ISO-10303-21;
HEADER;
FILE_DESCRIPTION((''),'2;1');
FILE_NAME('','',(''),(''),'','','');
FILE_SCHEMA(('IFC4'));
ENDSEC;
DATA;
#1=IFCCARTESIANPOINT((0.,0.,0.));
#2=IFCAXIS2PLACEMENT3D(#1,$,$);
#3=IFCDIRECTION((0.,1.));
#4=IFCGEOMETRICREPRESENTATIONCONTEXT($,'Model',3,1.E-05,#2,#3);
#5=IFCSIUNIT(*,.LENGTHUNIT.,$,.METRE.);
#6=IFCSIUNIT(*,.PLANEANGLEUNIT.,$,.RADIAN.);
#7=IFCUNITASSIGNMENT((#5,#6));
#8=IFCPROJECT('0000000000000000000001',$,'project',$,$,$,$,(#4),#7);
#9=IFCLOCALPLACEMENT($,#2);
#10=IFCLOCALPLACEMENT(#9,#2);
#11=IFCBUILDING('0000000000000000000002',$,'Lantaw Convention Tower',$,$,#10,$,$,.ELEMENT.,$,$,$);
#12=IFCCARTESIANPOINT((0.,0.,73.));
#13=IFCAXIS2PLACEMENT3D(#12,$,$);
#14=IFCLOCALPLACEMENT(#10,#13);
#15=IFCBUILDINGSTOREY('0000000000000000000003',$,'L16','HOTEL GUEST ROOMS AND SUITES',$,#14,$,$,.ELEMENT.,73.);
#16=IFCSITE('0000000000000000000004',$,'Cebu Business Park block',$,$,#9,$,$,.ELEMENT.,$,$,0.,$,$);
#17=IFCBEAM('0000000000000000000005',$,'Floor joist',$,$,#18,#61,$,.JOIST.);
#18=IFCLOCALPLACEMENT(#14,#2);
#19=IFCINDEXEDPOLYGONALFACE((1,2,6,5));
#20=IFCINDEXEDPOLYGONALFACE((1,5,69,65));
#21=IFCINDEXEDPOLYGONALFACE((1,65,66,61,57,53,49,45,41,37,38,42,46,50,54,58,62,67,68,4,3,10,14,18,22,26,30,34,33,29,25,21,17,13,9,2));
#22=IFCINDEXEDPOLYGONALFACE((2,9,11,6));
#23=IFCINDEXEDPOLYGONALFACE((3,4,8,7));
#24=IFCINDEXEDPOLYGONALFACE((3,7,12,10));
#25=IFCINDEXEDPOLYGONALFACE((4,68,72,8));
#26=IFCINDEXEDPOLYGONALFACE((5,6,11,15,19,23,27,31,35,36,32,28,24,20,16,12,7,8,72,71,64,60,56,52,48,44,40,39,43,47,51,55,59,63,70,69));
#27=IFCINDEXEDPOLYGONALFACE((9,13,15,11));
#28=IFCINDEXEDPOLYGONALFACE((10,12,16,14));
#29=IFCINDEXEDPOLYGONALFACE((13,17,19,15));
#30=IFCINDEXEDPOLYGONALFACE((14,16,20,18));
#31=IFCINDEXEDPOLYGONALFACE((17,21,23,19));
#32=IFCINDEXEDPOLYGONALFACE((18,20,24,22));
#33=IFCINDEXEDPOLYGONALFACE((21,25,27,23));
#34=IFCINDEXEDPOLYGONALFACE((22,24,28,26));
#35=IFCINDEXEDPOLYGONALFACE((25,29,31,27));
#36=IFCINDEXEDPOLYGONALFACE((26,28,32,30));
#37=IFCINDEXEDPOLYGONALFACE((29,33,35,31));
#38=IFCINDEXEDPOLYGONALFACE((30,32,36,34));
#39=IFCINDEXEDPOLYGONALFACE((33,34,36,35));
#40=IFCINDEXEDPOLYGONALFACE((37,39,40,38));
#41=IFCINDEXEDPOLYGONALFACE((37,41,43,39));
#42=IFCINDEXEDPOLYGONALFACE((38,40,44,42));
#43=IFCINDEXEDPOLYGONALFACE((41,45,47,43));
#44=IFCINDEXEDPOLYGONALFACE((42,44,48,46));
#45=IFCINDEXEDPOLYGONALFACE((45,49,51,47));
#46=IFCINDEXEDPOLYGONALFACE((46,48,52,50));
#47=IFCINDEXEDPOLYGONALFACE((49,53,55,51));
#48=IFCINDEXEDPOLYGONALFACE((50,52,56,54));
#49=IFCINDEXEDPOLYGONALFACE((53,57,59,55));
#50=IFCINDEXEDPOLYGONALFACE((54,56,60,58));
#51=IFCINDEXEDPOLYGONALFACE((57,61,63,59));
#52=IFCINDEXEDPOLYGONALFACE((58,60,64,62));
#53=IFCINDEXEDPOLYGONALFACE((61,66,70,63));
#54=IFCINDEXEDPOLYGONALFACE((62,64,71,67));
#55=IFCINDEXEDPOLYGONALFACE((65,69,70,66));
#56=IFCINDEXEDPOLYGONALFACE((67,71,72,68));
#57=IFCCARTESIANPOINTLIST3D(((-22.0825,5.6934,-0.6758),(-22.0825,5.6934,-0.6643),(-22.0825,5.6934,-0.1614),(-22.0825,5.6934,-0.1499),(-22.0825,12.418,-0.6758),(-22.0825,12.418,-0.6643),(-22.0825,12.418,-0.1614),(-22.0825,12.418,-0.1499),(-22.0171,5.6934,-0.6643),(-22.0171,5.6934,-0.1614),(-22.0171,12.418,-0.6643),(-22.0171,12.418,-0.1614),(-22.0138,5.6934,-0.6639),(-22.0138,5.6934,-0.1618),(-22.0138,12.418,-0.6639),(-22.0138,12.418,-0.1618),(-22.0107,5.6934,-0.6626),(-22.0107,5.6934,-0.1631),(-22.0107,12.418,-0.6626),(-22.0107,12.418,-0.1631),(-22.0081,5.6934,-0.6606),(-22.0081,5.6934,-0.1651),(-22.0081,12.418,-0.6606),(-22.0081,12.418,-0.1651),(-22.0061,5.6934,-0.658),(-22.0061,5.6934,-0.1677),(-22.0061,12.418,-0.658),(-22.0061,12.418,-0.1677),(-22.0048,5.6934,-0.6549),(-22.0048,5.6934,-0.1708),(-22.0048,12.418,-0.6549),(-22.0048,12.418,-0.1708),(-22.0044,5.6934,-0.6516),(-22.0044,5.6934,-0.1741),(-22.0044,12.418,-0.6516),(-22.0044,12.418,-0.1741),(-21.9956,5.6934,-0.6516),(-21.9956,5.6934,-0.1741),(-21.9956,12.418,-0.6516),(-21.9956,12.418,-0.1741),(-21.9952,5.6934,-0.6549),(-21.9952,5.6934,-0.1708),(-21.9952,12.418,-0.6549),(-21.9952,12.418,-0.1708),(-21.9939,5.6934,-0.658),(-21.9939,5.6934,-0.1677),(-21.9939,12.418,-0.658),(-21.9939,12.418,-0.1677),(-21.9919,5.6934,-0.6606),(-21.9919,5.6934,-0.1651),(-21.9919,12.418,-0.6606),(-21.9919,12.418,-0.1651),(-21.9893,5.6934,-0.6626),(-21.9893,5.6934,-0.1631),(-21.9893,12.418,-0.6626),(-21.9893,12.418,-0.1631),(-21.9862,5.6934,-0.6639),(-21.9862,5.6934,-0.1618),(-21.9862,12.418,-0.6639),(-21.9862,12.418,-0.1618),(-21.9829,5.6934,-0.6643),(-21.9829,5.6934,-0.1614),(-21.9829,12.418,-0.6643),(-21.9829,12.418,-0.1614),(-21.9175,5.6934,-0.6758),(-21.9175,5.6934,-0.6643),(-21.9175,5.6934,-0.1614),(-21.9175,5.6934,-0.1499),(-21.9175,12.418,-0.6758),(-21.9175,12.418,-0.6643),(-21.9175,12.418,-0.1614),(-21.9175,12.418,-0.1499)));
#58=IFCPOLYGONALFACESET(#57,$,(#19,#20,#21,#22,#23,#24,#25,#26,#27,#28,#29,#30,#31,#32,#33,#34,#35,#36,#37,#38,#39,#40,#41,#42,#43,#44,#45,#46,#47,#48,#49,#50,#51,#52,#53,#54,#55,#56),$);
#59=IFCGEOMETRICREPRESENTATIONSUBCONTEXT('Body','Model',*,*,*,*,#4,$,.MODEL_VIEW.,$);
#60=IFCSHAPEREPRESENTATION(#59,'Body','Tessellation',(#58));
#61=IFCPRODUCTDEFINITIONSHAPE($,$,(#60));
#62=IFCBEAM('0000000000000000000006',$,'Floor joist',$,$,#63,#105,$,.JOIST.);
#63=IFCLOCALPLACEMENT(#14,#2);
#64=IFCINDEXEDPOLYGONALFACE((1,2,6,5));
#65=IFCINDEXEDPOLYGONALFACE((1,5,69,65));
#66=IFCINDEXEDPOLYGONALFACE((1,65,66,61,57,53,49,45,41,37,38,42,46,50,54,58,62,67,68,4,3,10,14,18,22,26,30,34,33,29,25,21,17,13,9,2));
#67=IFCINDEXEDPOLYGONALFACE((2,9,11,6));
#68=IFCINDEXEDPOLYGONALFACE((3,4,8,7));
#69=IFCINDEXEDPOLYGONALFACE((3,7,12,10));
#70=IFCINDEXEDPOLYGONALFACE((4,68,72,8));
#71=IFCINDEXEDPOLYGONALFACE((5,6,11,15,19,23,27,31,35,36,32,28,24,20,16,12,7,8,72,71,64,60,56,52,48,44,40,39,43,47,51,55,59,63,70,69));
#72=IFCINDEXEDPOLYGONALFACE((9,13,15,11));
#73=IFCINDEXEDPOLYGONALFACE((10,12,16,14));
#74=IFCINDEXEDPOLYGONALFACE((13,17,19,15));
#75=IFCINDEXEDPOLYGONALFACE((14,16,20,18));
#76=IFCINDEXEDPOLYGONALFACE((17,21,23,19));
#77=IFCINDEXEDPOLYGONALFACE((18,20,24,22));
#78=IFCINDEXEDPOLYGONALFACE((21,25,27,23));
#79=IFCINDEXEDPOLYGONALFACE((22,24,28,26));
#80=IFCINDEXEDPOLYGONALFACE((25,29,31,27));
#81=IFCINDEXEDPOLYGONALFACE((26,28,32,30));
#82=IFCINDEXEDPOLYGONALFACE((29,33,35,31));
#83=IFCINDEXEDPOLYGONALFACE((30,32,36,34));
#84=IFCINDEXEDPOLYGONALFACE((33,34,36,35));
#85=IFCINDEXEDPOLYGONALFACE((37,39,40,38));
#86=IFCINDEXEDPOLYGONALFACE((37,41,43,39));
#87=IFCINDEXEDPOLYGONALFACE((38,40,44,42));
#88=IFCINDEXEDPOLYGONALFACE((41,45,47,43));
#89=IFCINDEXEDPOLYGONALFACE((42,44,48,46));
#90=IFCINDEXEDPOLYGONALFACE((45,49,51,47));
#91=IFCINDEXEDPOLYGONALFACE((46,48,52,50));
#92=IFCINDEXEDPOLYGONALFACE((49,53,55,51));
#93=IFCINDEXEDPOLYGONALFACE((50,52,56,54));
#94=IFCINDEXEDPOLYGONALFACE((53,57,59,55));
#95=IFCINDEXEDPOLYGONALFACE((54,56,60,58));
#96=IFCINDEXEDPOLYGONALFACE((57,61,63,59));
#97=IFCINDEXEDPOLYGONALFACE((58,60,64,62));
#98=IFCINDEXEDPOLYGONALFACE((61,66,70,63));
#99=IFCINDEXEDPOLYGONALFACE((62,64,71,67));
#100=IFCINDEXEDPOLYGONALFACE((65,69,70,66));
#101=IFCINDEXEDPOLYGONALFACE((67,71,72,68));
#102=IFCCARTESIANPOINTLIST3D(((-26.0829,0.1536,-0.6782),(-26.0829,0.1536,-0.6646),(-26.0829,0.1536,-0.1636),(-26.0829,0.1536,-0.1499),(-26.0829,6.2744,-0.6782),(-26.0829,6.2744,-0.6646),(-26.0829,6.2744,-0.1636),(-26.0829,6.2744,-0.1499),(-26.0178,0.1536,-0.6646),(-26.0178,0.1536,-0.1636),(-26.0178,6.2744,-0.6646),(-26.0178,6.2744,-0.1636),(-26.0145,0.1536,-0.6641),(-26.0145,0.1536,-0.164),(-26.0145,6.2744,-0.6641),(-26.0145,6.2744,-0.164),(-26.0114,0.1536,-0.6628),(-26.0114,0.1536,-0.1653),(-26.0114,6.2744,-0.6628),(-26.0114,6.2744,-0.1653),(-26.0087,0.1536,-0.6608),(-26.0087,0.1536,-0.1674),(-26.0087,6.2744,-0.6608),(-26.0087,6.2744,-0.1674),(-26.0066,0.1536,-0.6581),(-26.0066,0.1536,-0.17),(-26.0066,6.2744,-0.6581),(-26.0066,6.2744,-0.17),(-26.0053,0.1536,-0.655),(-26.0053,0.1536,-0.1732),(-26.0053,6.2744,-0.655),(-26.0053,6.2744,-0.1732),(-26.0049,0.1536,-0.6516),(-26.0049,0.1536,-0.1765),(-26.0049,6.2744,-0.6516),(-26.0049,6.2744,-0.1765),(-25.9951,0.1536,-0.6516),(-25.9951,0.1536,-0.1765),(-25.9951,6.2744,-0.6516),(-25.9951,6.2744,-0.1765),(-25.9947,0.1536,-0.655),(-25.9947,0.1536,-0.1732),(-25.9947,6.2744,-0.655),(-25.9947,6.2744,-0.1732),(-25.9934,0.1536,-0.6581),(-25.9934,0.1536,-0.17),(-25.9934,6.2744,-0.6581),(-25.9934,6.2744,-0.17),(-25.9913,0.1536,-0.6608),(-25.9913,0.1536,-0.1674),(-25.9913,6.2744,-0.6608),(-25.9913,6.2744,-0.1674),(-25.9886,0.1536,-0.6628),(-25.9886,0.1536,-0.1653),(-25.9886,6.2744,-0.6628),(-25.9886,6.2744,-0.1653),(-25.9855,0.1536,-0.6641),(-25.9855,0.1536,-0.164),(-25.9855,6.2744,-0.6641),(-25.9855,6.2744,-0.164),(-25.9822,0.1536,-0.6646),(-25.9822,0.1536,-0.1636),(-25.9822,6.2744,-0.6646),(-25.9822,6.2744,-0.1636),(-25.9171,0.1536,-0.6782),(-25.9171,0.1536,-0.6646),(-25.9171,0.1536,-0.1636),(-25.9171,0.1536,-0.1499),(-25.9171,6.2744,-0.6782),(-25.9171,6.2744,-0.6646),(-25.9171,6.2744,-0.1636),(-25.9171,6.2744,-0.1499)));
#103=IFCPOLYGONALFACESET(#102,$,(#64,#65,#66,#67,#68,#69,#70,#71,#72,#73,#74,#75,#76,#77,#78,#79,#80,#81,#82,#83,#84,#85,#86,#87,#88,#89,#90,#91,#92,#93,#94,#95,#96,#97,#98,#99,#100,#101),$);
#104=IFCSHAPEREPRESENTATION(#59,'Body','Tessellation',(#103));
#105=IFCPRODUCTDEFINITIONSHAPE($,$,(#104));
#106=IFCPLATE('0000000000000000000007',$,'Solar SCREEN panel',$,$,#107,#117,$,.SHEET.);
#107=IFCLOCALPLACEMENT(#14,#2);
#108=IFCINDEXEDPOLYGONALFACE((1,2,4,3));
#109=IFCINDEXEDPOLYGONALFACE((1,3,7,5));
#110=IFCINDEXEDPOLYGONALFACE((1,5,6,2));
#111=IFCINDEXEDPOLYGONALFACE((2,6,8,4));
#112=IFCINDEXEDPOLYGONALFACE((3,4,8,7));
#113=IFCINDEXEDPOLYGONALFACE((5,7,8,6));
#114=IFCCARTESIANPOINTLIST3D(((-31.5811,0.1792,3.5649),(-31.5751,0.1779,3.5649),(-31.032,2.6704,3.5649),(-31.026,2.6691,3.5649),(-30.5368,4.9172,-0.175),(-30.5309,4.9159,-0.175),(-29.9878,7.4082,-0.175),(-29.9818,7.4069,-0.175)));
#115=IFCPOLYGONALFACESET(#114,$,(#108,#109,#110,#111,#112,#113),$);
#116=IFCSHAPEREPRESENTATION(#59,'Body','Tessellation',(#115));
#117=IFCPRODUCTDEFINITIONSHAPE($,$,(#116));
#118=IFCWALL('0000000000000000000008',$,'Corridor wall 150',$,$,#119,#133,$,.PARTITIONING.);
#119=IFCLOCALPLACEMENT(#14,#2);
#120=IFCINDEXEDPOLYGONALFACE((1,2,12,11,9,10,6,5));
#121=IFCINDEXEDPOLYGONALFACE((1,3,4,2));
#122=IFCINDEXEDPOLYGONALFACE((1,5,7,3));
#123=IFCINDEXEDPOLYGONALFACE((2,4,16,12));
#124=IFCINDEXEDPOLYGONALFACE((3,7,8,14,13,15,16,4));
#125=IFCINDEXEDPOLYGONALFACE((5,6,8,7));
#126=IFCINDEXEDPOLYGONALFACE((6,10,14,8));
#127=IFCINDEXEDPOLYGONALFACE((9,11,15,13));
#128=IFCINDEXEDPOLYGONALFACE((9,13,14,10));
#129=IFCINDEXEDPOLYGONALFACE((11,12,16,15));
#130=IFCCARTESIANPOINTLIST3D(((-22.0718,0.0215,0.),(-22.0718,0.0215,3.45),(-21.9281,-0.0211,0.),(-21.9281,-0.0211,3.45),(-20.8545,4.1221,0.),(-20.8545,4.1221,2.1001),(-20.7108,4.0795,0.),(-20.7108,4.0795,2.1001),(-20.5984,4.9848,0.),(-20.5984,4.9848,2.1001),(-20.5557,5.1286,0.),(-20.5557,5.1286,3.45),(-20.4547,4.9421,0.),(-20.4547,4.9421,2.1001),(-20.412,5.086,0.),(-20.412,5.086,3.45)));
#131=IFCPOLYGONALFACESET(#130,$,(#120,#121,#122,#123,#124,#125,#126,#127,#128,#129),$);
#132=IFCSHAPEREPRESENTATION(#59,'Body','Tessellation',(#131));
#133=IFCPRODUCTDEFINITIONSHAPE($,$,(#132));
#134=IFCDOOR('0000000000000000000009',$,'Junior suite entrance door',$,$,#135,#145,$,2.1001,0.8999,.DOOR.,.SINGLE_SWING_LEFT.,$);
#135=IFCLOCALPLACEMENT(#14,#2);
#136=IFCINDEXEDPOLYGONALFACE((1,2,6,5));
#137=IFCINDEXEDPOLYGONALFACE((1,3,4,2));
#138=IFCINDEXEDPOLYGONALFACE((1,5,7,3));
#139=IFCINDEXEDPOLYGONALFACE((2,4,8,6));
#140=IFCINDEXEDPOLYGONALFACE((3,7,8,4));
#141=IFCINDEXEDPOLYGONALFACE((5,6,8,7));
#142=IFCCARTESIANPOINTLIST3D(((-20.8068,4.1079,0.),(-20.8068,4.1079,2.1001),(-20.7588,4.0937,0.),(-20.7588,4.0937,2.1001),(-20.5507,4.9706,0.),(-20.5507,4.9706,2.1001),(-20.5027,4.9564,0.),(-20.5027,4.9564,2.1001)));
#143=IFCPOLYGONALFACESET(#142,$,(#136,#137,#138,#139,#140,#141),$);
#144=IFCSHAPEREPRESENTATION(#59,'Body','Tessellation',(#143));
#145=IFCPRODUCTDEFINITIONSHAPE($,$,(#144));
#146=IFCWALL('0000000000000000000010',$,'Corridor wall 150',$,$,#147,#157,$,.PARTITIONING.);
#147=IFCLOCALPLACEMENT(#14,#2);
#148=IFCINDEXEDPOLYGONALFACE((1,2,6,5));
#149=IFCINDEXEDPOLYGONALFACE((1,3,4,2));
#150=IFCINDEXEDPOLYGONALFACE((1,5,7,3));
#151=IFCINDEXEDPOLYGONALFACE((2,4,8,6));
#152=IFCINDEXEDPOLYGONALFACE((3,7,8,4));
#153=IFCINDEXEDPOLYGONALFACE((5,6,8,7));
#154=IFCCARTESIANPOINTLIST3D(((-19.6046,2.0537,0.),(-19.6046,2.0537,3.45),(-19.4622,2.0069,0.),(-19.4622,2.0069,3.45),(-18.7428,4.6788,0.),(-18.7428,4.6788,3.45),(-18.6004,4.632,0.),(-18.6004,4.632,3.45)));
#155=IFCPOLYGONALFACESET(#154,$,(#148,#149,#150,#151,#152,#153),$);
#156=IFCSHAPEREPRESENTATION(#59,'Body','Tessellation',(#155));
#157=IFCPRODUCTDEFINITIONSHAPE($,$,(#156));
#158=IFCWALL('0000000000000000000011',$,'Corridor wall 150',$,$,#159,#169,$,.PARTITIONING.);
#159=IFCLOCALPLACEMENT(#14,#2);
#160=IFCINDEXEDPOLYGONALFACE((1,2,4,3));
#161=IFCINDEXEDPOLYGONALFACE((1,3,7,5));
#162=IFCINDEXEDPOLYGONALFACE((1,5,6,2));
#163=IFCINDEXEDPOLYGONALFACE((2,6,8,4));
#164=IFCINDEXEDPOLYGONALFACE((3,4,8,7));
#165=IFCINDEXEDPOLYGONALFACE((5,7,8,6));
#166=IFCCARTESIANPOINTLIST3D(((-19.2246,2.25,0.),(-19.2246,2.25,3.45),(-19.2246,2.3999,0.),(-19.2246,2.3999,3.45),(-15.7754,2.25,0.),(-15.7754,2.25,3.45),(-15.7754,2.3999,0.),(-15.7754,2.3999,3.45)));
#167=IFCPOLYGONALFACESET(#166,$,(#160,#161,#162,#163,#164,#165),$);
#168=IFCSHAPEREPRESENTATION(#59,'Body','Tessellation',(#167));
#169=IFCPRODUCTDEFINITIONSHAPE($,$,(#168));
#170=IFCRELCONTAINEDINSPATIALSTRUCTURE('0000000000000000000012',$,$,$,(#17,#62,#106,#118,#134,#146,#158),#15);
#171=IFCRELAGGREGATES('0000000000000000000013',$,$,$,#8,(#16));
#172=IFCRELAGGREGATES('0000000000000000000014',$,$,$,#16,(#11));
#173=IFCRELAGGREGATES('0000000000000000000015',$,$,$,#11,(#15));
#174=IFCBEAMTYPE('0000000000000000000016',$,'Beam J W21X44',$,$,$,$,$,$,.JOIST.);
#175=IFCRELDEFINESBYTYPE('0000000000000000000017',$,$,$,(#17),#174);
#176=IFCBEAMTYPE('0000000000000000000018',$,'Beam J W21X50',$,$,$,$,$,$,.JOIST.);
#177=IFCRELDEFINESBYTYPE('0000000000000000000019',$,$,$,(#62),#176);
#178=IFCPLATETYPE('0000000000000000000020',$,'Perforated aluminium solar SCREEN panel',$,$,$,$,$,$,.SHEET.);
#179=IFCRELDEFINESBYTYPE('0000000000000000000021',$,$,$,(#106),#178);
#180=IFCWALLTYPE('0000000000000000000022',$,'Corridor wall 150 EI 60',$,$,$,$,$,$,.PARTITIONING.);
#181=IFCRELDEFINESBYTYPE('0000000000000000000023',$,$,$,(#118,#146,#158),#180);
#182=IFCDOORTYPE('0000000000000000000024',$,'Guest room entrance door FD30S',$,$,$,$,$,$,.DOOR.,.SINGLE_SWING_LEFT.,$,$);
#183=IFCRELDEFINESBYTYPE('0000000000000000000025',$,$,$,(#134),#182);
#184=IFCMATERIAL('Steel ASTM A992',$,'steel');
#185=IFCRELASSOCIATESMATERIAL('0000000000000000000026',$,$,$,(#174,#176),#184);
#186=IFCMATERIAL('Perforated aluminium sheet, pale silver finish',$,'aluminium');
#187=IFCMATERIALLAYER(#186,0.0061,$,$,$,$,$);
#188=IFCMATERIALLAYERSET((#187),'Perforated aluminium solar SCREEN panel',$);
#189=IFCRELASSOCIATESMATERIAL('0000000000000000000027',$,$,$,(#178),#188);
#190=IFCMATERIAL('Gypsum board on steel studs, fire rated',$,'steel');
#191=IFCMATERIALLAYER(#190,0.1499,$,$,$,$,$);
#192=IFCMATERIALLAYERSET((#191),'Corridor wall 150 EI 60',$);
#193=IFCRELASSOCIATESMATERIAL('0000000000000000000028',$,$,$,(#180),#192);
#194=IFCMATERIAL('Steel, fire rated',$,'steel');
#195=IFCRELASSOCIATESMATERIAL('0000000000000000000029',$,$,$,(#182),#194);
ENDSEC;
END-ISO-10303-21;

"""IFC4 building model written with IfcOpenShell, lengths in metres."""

from ifc_helpers import new_model, si_unit, direction, frame, frame_2d, origin, origin_2d, place, context, subcontext, project, spatial, polyline, rectangle, i_section, outline, extrude, material, layer, layer_set, material_profile, profile_set, type_object, element, fill, save


model = new_model("IFC4")

# Units and contexts
model_context = context("Model", 3, precision=1e-05, world=origin(), true_north=direction((0.0, 1.0)))
body_context = subcontext(model_context, "Body", "Model", "MODEL_VIEW")
ifc_project = project(units=[si_unit("LENGTHUNIT", "METRE"), si_unit("PLANEANGLEUNIT", "RADIAN")], contexts=[model_context])

# Site, building, storey
site_placement = place(None, origin())
site = spatial("IfcSite", under=ifc_project, at=site_placement, Name="Cebu Business Park block", CompositionType="ELEMENT", RefElevation=0.0)
building_placement = place(site_placement, origin())
building = spatial("IfcBuilding", under=site, at=building_placement, Name="Lantaw Convention Tower", CompositionType="ELEMENT")
storey_placement = place(building_placement, frame((0.0, 0.0, 73.0)))
storey = spatial("IfcBuildingStorey", under=building, at=storey_placement, Name="L16", Description="HOTEL GUEST ROOMS AND SUITES", CompositionType="ELEMENT", Elevation=73.0)

# Beams
ifc_material_1 = material(Name="Steel ASTM A992", Category="steel")
ifc_material_profile_1 = material_profile(ifc_material_1, i_section(OverallWidth=0.165, OverallDepth=0.5259, WebThickness=0.0088, FlangeThickness=0.0115, FilletRadius=0.0127, at=origin_2d()), Name="W21X44")
ifc_profile_set_1 = profile_set([ifc_material_profile_1], Name="Steel ASTM A992")
beam_type_1 = type_object("IfcBeamType", Name="Beam J W21X44", PredefinedType="JOIST", material=ifc_profile_set_1)
beam_1_placement = place(storey_placement, frame((-22.0, 5.6934, -0.4128), z_axis=(0.0, 1.0, 0.0), x_axis=(-1.0, 0.0, 0.0)))
element("IfcBeam", 1, at=beam_1_placement, inside=storey, type_object=beam_type_1, Name="Floor joist", PredefinedType="JOIST", context=body_context, shape_type="SweptSolid", body=[
    extrude(i_section(OverallWidth=0.165, OverallDepth=0.5259, WebThickness=0.0088, FlangeThickness=0.0115, FilletRadius=0.0127, at=origin_2d()), origin(), (0.0, 0.0, 1.0), 6.7246),
])
ifc_material_profile_2 = material_profile(ifc_material_1, i_section(OverallWidth=0.1658, OverallDepth=0.5283, WebThickness=0.0098, FlangeThickness=0.0137, FilletRadius=0.0129, at=origin_2d()), Name="W21X50")
ifc_profile_set_2 = profile_set([ifc_material_profile_2], Name="Steel ASTM A992")
beam_type_2 = type_object("IfcBeamType", Name="Beam J W21X50", PredefinedType="JOIST", material=ifc_profile_set_2)
beam_2_placement = place(storey_placement, frame((-26.0, 0.1536, -0.4141), z_axis=(0.0, 1.0, 0.0), x_axis=(-1.0, 0.0, 0.0)))
element("IfcBeam", 2, at=beam_2_placement, inside=storey, type_object=beam_type_2, Name="Floor joist", PredefinedType="JOIST", context=body_context, shape_type="SweptSolid", body=[
    extrude(i_section(OverallWidth=0.1658, OverallDepth=0.5283, WebThickness=0.0098, FlangeThickness=0.0137, FilletRadius=0.0129, at=origin_2d()), origin(), (0.0, 0.0, 1.0), 6.1208),
])

# Plate
ifc_material_2 = material(Name="Perforated aluminium sheet, pale silver finish", Category="aluminium")
ifc_layer_1 = layer(ifc_material_2, 0.0061)
ifc_layer_set_1 = layer_set([ifc_layer_1], Name="Perforated aluminium solar SCREEN panel")
plate_type = type_object("IfcPlateType", Name="Perforated aluminium solar SCREEN panel", PredefinedType="SHEET", material=ifc_layer_set_1)
plate_placement = place(storey_placement, frame((-29.9878, 7.4082, -0.175), z_axis=(-0.976559, 0.215248, 0.00003), x_axis=(-0.215248, -0.976559, 0.0)))
element("IfcPlate", 3, at=plate_placement, inside=storey, type_object=plate_type, Name="Solar SCREEN panel", PredefinedType="SHEET", context=body_context, shape_type="SweptSolid", body=[
    extrude(outline(polyline([(0.0, 0.0), (2.5508, 0.0), (7.4025, 3.74), (4.8515, 3.74), (0.0, 0.0)])), origin(), (0.0, 0.0, -1.0), 0.0061),
])

# Wall, opening, door
ifc_material_3 = material(Name="Gypsum board on steel studs, fire rated", Category="steel")
ifc_layer_2 = layer(ifc_material_3, 0.1499)
ifc_layer_set_2 = layer_set([ifc_layer_2], Name="Corridor wall 150 EI 60")
wall_type_1 = type_object("IfcWallType", Name="Corridor wall 150 EI 60", PredefinedType="PARTITIONING", material=ifc_layer_set_2)
wall_1_placement = place(storey_placement, frame((-20.4839, 5.1072, 0.0), z_axis=(0.0, 0.0, 1.0), x_axis=(-0.284584, -0.958651, 0.0)))
wall_1 = element("IfcWall", 4, at=wall_1_placement, inside=storey, type_object=wall_type_1, Name="Corridor wall 150", PredefinedType="PARTITIONING", context=body_context, shape_type="SweptSolid", body=[
    extrude(rectangle(XDim=5.3274, YDim=0.1499, at=frame_2d((2.6636, 0.0))), origin(), (0.0, 0.0, 1.0), 3.45),
])
opening_1_placement = place(wall_1_placement, frame((0.1499, 0.0, 0.0)))
opening_1 = element("IfcOpeningElement", 5, at=opening_1_placement, cuts=wall_1, PredefinedType="OPENING", context=body_context, shape_type="SweptSolid", body=[
    extrude(rectangle(XDim=0.8999, YDim=2.1001, at=frame_2d((0.45, 1.05))), frame((0.0, 0.085, 0.0), z_axis=(0.0, -1.0, 0.0), x_axis=(1.0, 0.0, 0.0)), (0.0, 0.0, 1.0), 0.1699),
])
ifc_material_4 = material(Name="Steel, fire rated", Category="steel")
door_type = type_object("IfcDoorType", Name="Guest room entrance door FD30S", OperationType="SINGLE_SWING_LEFT", PredefinedType="DOOR", material=ifc_material_4)
door_placement = place(opening_1_placement, origin())
door = element("IfcDoor", 6, at=door_placement, inside=storey, type_object=door_type, Name="Junior suite entrance door", OperationType="SINGLE_SWING_LEFT", OverallHeight=2.1001, OverallWidth=0.8999, PredefinedType="DOOR", context=body_context, shape_type="SweptSolid", body=[
    extrude(rectangle(XDim=0.8999, YDim=2.1001, at=frame_2d((0.45, 1.05))), frame((0.0, 0.0249, 0.0), z_axis=(0.0, -1.0, 0.0), x_axis=(1.0, 0.0, 0.0)), (0.0, 0.0, 1.0), 0.05),
])
fill(opening_1, door)

# Walls
wall_2_placement = place(storey_placement, frame((-18.6716, 4.6553, 0.0), z_axis=(0.0, 0.0, 1.0), x_axis=(-0.31193, -0.950105, 0.0)))
element("IfcWall", 7, at=wall_2_placement, inside=storey, type_object=wall_type_1, Name="Corridor wall 150", PredefinedType="PARTITIONING", context=body_context, shape_type="SweptSolid", body=[
    extrude(rectangle(XDim=2.7629, YDim=0.1499, at=frame_2d((1.3813, 0.0))), origin(), (0.0, 0.0, 1.0), 3.45),
])
wall_3_placement = place(storey_placement, frame((-19.2246, 2.325, 0.0), z_axis=(0.0, 0.0, 1.0), x_axis=(1.0, 0.0, 0.0)))
element("IfcWall", 8, at=wall_3_placement, inside=storey, type_object=wall_type_1, Name="Corridor wall 150", PredefinedType="PARTITIONING", context=body_context, shape_type="SweptSolid", body=[
    extrude(rectangle(XDim=3.4492, YDim=0.1499, at=frame_2d((1.7246, 0.0))), origin(), (0.0, 0.0, 1.0), 3.45),
])

save(model, "model.ifc")
